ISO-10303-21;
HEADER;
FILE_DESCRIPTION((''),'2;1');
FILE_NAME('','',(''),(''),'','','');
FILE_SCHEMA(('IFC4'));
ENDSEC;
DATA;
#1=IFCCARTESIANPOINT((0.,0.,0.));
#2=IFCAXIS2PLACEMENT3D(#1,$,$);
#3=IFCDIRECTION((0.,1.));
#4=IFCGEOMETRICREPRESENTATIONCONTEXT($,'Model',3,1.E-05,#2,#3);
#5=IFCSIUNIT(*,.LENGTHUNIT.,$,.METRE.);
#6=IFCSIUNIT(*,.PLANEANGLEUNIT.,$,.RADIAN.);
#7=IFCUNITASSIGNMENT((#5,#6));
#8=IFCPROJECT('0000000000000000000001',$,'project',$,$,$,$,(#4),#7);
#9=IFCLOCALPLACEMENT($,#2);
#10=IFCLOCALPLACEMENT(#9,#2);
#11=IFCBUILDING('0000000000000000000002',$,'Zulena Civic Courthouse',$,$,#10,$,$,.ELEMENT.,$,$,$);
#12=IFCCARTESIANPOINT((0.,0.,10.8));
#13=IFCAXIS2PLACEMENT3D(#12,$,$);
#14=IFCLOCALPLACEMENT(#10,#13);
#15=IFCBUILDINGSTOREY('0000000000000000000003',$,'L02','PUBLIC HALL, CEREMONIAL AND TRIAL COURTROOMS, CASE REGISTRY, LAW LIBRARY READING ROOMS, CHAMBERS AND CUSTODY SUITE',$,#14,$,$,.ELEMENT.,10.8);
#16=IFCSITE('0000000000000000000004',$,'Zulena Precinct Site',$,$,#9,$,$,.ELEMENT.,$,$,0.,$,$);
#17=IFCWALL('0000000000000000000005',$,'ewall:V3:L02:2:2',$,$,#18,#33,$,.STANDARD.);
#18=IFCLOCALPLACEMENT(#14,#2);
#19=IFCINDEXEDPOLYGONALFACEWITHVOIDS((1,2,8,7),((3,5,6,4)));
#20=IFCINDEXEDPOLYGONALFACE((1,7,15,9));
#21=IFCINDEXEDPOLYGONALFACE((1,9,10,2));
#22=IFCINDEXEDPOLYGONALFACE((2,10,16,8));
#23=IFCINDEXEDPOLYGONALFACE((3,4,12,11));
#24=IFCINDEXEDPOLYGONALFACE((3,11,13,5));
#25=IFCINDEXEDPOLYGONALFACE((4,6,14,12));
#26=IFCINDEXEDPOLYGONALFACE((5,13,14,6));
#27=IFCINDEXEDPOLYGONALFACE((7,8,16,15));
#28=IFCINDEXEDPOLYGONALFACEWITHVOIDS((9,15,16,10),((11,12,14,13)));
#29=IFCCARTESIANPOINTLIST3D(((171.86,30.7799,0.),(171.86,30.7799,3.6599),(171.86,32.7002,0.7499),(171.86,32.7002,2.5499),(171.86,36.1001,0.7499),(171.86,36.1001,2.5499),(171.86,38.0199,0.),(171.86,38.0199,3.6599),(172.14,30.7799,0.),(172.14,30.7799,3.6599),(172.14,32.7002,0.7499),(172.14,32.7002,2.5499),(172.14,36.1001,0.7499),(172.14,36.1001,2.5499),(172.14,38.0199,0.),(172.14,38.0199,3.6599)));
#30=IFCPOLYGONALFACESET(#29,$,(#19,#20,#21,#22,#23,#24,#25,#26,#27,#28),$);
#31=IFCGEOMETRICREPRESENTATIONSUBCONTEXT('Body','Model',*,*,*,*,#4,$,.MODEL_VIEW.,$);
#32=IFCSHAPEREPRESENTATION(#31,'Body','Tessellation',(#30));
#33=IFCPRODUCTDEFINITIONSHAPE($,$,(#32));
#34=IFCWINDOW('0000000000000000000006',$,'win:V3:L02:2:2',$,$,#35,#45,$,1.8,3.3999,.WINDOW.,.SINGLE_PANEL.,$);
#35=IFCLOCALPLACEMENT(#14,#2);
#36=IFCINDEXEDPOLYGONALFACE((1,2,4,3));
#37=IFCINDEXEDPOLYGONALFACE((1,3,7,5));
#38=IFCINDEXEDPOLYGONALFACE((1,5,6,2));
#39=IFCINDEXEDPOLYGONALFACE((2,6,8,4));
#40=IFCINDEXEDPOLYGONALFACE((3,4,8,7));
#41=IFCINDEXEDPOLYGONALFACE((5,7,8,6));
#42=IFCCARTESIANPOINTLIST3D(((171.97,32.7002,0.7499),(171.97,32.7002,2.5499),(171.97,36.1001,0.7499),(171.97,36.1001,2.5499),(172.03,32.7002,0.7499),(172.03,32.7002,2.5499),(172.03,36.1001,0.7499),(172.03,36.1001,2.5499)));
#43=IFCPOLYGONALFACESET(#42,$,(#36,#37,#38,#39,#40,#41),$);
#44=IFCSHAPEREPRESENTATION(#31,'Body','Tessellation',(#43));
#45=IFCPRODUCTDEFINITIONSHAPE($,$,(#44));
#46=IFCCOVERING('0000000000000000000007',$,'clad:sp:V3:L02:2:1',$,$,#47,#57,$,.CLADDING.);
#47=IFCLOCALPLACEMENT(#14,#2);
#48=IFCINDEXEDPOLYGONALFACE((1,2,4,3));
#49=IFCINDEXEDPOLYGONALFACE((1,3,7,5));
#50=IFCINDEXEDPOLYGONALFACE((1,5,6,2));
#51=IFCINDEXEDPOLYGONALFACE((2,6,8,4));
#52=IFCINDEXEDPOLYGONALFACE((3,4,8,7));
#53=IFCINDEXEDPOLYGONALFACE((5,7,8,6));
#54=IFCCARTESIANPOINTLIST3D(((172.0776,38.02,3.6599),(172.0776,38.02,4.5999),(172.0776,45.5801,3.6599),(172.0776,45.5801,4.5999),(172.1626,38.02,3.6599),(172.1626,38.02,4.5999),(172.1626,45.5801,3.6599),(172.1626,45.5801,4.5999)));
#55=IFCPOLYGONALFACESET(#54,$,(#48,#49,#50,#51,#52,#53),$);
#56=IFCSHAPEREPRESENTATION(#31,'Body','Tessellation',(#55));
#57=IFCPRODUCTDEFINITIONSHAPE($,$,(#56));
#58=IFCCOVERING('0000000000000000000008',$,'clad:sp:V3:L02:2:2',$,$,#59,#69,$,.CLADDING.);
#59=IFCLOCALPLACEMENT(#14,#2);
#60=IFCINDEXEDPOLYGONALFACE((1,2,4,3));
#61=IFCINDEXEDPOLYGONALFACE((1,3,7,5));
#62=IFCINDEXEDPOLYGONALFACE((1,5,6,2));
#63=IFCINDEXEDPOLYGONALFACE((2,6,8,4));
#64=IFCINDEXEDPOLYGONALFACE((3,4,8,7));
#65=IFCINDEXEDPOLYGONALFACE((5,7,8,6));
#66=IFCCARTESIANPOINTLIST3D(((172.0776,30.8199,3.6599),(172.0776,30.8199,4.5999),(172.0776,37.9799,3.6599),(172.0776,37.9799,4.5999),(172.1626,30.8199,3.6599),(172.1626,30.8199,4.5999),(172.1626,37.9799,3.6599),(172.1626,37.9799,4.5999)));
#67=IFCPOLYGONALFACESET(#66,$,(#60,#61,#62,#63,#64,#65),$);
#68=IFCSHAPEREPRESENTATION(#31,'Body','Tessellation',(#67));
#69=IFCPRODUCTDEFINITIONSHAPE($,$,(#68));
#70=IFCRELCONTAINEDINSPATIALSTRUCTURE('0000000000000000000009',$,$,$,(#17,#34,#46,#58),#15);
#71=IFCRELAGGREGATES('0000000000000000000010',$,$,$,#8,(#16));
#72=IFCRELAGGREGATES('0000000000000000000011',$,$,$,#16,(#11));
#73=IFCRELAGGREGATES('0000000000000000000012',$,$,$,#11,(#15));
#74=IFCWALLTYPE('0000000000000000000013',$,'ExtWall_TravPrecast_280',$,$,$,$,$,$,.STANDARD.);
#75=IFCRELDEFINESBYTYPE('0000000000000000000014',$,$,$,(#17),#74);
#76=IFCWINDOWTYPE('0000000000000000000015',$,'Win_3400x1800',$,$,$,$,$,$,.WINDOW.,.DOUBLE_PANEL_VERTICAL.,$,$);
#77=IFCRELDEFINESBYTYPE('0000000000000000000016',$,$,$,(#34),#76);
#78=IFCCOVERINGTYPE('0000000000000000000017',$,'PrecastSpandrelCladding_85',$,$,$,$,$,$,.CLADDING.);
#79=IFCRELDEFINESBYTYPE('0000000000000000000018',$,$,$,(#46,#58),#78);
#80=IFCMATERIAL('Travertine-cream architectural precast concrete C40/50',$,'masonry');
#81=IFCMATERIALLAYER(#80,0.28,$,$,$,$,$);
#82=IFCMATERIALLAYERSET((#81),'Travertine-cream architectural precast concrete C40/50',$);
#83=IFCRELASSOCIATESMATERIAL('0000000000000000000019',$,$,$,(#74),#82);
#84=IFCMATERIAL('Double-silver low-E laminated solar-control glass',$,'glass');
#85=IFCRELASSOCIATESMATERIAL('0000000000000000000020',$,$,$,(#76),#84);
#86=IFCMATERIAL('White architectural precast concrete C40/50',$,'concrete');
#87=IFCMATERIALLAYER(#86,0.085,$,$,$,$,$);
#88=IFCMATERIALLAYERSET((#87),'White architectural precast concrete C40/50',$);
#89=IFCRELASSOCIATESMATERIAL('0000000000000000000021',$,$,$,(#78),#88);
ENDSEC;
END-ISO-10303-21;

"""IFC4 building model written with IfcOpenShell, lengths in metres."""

from ifc_helpers import new_model, si_unit, direction, frame, frame_2d, origin, origin_2d, place, context, subcontext, project, spatial, rectangle, extrude, material, layer, layer_set, type_object, element, fill, save


model = new_model("IFC4")

# Units and contexts
model_context = context("Model", 3, precision=1e-05, world=origin(), true_north=direction((0.0, 1.0)))
body_context = subcontext(model_context, "Body", "Model", "MODEL_VIEW")
ifc_project = project(units=[si_unit("LENGTHUNIT", "METRE"), si_unit("PLANEANGLEUNIT", "RADIAN")], contexts=[model_context])

# Site, building, storey
site_placement = place(None, origin())
site = spatial("IfcSite", under=ifc_project, at=site_placement, Name="Zulena Precinct Site", CompositionType="ELEMENT", RefElevation=0.0)
building_placement = place(site_placement, origin())
building = spatial("IfcBuilding", under=site, at=building_placement, Name="Zulena Civic Courthouse", CompositionType="ELEMENT")
storey_placement = place(building_placement, frame((0.0, 0.0, 10.8)))
storey = spatial("IfcBuildingStorey", under=building, at=storey_placement, Name="L02", Description="PUBLIC HALL, CEREMONIAL AND TRIAL COURTROOMS, CASE REGISTRY, LAW LIBRARY READING ROOMS, CHAMBERS AND CUSTODY SUITE", CompositionType="ELEMENT", Elevation=10.8)

# Shared definitions
ifc_material_1 = material(Name="Double-silver low-E laminated solar-control glass", Category="glass")

# Wall, opening, window
ifc_material_2 = material(Name="Travertine-cream architectural precast concrete C40/50", Category="masonry")
ifc_layer_1 = layer(ifc_material_2, 0.28)
ifc_layer_set_1 = layer_set([ifc_layer_1], Name="Travertine-cream architectural precast concrete C40/50")
wall_type = type_object("IfcWallType", Name="ExtWall_TravPrecast_280", PredefinedType="STANDARD", material=ifc_layer_set_1)
wall_placement = place(storey_placement, frame((172.0, 38.02, 0.0), z_axis=(0.0, 0.0, 1.0), x_axis=(0.0, -1.0, 0.0)))
wall = element("IfcWall", 1, at=wall_placement, inside=storey, type_object=wall_type, Name="ewall:V3:L02:2:2", PredefinedType="STANDARD", context=body_context, shape_type="SweptSolid", body=[
    extrude(rectangle(XDim=7.24, YDim=0.28, at=frame_2d((3.6201, 0.0))), origin(), (0.0, 0.0, 1.0), 3.6599),
])
opening_placement = place(wall_placement, frame((1.9199, 0.0, 0.75)))
opening = element("IfcOpeningElement", 2, at=opening_placement, cuts=wall, PredefinedType="OPENING", context=body_context, shape_type="SweptSolid", body=[
    extrude(rectangle(XDim=3.3999, YDim=1.8, at=frame_2d((1.7, 0.8999))), frame((0.0, 0.1499, 0.0), z_axis=(0.0, -1.0, 0.0), x_axis=(1.0, 0.0, 0.0)), (0.0, 0.0, 1.0), 0.3),
])
window_type = type_object("IfcWindowType", Name="Win_3400x1800", PartitioningType="DOUBLE_PANEL_VERTICAL", PredefinedType="WINDOW", material=ifc_material_1)
window_placement = place(opening_placement, origin())
window = element("IfcWindow", 3, at=window_placement, inside=storey, type_object=window_type, Name="win:V3:L02:2:2", OverallHeight=1.8, OverallWidth=3.3999, PartitioningType="SINGLE_PANEL", PredefinedType="WINDOW", context=body_context, shape_type="SweptSolid", body=[
    extrude(rectangle(XDim=3.3999, YDim=1.8, at=frame_2d((1.7, 0.8999))), frame((0.0, 0.03, 0.0), z_axis=(0.0, -1.0, 0.0), x_axis=(1.0, 0.0, 0.0)), (0.0, 0.0, 1.0), 0.0601),
])
fill(opening, window)

# Coverings
ifc_material_3 = material(Name="White architectural precast concrete C40/50", Category="concrete")
ifc_layer_2 = layer(ifc_material_3, 0.085)
ifc_layer_set_2 = layer_set([ifc_layer_2], Name="White architectural precast concrete C40/50")
covering_type = type_object("IfcCoveringType", Name="PrecastSpandrelCladding_85", PredefinedType="CLADDING", material=ifc_layer_set_2)
covering_1_placement = place(storey_placement, frame((172.1201, 41.8, 3.6599), z_axis=(0.0, 0.0, 1.0), x_axis=(0.0, -1.0, 0.0)))
element("IfcCovering", 4, at=covering_1_placement, inside=storey, type_object=covering_type, Name="clad:sp:V3:L02:2:1", PredefinedType="CLADDING", context=body_context, shape_type="SweptSolid", body=[
    extrude(rectangle(XDim=7.5601, YDim=0.085, at=origin_2d()), origin(), (0.0, 0.0, 1.0), 0.9399),
])
covering_2_placement = place(storey_placement, frame((172.1201, 34.3999, 3.6599), z_axis=(0.0, 0.0, 1.0), x_axis=(0.0, -1.0, 0.0)))
element("IfcCovering", 5, at=covering_2_placement, inside=storey, type_object=covering_type, Name="clad:sp:V3:L02:2:2", PredefinedType="CLADDING", context=body_context, shape_type="SweptSolid", body=[
    extrude(rectangle(XDim=7.1599, YDim=0.085, at=origin_2d()), origin(), (0.0, 0.0, 1.0), 0.9399),
])

save(model, "model.ifc")
